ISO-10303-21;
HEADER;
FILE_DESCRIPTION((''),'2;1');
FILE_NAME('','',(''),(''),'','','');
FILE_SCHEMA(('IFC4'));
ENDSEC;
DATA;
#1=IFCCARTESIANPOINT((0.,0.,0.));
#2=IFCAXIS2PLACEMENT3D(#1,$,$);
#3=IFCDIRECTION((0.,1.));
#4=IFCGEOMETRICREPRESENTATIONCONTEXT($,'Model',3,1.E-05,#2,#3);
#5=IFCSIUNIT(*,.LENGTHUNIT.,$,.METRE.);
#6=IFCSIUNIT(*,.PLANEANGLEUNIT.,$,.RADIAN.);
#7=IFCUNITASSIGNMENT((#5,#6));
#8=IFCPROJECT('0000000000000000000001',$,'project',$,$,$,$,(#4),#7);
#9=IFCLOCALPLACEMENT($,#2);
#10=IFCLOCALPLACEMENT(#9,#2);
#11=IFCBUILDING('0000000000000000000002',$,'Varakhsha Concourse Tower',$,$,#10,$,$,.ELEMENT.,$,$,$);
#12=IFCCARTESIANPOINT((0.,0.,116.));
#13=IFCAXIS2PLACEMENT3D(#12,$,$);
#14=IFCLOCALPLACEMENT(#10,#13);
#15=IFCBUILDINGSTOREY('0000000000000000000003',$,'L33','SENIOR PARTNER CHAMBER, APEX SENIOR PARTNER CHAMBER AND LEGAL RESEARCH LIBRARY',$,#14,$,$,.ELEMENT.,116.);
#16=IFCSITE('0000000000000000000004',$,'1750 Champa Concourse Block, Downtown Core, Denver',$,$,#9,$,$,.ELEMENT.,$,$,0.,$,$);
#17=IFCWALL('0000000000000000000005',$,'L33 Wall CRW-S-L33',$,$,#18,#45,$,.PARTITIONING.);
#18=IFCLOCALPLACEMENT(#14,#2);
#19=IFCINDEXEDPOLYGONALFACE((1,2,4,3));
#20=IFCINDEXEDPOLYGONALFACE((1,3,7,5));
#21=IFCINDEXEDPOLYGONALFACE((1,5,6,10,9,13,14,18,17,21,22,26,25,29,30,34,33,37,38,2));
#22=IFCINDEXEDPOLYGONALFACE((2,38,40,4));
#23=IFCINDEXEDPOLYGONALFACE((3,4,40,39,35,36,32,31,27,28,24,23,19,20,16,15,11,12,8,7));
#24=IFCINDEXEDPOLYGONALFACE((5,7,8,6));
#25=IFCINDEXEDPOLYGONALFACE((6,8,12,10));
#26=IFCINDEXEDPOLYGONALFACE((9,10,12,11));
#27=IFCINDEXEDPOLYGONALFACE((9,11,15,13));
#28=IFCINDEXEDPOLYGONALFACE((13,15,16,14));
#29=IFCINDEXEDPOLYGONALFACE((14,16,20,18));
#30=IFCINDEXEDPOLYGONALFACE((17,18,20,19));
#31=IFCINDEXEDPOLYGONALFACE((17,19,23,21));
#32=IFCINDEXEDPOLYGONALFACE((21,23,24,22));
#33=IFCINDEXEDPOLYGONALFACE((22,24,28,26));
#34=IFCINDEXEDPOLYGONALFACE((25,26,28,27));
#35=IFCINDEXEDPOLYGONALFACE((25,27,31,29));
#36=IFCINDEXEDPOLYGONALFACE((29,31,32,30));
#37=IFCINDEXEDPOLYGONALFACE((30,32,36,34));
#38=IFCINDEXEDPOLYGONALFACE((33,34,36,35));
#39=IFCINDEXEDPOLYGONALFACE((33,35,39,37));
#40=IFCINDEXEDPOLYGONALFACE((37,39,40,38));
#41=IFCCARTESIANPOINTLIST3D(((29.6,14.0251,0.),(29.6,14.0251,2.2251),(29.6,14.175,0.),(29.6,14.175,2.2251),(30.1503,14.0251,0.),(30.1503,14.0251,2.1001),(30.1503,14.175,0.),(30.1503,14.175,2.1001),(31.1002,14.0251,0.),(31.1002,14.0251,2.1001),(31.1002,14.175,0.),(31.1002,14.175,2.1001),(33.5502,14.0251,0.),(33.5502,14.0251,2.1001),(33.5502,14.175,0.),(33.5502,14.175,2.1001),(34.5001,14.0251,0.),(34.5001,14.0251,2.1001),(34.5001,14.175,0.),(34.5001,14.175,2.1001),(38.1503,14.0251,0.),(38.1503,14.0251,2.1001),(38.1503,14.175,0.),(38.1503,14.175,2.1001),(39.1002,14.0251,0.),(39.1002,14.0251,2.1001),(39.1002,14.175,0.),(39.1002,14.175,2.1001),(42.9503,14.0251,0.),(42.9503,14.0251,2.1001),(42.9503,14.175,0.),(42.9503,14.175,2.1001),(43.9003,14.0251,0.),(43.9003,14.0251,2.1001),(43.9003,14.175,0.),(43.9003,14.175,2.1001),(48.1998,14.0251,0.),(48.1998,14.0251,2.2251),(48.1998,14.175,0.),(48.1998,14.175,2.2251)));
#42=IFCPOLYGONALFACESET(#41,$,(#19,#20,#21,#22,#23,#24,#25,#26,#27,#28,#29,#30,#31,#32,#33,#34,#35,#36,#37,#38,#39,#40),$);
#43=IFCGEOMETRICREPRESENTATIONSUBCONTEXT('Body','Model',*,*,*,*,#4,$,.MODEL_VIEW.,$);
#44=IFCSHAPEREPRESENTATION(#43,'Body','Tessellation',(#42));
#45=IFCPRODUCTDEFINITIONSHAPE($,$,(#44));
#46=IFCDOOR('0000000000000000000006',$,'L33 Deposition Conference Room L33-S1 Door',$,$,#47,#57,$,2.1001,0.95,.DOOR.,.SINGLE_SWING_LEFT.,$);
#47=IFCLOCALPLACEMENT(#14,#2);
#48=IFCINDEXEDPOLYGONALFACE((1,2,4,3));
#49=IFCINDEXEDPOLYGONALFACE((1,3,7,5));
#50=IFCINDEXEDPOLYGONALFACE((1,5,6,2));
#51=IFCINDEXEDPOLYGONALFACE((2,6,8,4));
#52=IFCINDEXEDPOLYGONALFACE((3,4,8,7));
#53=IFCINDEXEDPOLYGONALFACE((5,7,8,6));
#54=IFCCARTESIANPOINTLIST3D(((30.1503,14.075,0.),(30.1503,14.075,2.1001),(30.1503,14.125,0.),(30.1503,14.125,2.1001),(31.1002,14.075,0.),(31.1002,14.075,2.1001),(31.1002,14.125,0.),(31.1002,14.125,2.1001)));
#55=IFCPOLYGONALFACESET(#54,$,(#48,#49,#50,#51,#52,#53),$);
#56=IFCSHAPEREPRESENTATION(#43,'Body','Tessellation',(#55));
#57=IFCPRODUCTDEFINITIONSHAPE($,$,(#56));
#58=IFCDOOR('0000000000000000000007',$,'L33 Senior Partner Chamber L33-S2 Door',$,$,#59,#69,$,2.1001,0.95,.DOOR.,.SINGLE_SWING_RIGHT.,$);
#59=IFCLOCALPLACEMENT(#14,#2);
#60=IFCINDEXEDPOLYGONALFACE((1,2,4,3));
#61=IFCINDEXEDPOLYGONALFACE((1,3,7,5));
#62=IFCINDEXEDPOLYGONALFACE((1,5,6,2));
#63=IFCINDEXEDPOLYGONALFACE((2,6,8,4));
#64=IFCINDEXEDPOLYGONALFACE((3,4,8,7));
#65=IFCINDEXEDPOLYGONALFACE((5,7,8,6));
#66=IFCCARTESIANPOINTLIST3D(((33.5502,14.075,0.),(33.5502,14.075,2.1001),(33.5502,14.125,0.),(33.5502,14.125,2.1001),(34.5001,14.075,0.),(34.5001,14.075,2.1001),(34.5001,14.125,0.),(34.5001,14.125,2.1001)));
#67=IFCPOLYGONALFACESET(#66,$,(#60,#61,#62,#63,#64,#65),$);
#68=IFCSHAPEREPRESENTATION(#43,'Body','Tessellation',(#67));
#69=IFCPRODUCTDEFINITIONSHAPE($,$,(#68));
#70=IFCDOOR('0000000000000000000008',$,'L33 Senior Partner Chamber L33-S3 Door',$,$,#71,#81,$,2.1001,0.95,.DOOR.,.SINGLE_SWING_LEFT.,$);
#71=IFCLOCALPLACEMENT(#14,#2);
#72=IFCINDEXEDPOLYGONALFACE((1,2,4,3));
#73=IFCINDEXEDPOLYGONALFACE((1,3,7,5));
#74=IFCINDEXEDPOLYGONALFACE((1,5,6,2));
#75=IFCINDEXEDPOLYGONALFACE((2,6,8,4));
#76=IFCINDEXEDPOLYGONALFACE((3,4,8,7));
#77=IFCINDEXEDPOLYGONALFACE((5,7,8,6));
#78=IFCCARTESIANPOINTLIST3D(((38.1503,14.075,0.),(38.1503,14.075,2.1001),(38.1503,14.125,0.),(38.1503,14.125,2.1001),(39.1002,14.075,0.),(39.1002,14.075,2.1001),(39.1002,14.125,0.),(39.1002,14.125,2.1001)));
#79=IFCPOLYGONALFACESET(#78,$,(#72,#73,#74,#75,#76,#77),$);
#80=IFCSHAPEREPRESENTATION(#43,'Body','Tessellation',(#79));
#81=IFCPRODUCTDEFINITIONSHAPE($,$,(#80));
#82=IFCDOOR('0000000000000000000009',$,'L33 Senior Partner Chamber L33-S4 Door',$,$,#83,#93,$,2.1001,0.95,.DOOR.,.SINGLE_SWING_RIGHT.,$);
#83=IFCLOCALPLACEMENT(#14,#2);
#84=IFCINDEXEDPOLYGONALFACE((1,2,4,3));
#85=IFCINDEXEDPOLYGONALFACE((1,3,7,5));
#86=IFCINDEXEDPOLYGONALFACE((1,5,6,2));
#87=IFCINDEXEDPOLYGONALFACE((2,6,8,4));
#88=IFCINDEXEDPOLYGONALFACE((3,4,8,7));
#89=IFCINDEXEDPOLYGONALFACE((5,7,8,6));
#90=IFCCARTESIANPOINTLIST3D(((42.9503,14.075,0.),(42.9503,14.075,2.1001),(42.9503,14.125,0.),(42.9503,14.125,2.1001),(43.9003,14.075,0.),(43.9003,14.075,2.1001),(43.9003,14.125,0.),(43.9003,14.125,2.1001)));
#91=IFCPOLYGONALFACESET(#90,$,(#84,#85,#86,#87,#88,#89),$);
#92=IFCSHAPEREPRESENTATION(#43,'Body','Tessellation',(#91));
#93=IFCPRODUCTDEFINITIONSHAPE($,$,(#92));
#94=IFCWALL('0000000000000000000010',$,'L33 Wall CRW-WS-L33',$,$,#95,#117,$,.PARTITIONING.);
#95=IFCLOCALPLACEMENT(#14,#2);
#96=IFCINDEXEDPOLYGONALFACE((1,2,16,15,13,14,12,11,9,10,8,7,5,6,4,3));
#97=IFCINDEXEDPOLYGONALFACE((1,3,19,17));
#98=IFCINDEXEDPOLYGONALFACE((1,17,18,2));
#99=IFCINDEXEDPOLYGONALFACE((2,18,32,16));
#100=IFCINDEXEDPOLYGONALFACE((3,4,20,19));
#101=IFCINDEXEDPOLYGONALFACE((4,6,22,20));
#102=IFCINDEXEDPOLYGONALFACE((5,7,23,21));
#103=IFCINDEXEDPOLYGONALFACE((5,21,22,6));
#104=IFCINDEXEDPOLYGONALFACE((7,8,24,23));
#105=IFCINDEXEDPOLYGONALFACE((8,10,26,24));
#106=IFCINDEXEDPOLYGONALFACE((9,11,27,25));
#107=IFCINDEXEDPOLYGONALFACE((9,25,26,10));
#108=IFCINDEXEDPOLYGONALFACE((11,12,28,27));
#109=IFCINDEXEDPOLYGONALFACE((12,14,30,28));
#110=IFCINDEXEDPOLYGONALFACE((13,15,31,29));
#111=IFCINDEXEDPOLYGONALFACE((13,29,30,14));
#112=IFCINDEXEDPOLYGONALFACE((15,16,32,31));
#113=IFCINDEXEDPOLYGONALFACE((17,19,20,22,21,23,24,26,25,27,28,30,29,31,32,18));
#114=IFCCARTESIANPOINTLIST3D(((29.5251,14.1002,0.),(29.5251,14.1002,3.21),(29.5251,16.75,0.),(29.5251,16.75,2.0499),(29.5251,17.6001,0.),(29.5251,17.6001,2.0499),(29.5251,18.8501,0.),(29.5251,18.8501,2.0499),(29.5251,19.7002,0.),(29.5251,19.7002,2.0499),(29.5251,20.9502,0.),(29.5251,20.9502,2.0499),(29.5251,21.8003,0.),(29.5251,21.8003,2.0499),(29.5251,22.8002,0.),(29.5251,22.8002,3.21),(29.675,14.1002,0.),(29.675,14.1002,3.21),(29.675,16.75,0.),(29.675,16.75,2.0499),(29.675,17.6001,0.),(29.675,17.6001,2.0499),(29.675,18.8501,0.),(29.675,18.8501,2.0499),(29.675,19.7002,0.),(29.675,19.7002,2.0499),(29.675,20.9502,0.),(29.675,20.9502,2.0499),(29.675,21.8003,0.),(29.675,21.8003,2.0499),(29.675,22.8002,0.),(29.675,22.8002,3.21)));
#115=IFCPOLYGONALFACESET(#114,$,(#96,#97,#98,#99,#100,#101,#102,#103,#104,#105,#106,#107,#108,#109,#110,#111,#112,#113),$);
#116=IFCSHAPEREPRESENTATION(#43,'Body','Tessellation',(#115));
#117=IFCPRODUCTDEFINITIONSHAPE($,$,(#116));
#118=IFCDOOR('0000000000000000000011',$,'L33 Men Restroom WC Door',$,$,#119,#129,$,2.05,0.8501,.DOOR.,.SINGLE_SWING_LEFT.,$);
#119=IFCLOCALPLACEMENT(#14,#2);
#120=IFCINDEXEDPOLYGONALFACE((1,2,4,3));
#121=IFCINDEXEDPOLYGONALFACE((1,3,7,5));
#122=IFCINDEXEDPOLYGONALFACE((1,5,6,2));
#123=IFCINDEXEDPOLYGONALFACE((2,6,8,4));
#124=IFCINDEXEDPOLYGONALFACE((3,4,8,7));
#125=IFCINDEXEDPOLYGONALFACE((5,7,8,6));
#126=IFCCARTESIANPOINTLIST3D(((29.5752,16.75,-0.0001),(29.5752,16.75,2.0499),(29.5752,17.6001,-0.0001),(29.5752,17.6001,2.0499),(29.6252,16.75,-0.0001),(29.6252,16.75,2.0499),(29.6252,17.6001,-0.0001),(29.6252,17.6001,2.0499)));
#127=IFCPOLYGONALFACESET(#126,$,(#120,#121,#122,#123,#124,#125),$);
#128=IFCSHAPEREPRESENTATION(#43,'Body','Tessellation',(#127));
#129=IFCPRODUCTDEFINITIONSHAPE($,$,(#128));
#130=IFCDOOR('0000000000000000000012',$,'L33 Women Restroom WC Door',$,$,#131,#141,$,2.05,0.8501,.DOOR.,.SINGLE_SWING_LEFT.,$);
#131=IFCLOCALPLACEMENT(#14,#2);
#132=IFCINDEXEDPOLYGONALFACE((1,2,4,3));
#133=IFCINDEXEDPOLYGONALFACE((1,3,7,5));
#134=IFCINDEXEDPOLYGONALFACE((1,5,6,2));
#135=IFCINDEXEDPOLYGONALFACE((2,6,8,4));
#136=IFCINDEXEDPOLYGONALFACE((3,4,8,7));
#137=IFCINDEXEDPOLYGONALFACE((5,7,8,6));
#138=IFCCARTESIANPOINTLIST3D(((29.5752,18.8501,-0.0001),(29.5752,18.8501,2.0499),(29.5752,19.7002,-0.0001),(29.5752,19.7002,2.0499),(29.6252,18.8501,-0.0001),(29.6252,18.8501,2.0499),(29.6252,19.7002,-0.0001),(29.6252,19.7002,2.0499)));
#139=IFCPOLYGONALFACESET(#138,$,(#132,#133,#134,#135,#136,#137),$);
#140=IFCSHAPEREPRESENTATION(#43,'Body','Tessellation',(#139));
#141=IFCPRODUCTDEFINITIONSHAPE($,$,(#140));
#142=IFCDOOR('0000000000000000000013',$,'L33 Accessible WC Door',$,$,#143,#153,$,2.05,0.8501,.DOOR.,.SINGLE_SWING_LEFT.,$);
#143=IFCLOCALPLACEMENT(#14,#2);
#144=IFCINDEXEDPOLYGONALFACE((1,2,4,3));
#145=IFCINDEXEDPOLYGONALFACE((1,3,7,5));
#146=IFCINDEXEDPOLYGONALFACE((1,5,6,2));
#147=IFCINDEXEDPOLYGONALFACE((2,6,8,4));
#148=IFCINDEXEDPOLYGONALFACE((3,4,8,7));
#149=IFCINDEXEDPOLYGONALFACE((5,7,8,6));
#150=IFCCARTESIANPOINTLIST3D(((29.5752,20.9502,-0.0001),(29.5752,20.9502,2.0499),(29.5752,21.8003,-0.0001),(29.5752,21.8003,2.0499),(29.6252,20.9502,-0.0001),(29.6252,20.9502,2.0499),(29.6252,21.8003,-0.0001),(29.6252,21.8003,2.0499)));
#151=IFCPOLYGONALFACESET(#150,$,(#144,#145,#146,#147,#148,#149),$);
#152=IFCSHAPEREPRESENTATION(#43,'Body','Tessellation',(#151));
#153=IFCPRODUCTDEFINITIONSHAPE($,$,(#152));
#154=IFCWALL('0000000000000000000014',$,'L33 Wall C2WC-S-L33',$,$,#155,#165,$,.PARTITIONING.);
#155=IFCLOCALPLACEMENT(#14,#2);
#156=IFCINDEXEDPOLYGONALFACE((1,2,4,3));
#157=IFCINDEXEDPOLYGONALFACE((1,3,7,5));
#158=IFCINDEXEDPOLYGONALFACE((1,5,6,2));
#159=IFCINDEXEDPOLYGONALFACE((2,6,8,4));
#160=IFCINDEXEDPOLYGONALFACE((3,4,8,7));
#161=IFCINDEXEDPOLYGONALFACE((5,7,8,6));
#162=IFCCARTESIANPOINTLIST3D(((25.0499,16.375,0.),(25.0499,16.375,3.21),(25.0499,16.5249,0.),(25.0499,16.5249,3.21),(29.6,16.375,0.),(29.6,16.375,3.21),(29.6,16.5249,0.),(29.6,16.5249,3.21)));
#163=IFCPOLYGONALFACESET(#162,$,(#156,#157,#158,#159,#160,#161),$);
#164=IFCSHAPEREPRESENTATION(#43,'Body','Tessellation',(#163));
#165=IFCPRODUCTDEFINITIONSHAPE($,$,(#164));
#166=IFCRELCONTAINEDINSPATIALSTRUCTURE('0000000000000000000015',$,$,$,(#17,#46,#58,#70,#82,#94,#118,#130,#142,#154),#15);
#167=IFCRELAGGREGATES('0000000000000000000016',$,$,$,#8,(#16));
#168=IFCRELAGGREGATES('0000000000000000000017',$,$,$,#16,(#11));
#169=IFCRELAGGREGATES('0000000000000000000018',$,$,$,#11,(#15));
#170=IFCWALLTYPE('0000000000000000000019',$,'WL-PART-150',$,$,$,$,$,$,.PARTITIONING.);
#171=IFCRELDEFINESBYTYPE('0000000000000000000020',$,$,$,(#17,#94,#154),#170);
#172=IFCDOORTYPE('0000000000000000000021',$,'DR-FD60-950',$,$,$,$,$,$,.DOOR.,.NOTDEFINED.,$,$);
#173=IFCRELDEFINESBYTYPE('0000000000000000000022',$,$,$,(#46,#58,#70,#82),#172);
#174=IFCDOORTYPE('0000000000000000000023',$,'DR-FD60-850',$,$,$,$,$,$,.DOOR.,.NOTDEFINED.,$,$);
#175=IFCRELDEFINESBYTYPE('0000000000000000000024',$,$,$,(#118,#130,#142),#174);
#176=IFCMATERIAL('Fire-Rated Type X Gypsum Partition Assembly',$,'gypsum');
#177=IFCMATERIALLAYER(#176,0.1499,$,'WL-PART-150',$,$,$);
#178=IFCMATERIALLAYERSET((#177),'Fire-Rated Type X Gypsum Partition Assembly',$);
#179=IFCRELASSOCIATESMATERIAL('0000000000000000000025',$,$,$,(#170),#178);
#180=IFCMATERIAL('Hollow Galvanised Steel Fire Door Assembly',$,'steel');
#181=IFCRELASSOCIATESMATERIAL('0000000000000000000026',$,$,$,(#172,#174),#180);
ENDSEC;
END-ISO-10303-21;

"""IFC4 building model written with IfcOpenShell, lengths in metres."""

from ifc_helpers import new_model, si_unit, direction, frame, frame_2d, origin, place, context, subcontext, project, spatial, rectangle, extrude, material, layer, layer_set, type_object, element, fill, save


model = new_model("IFC4")

# Units and contexts
model_context = context("Model", 3, precision=1e-05, world=origin(), true_north=direction((0.0, 1.0)))
body_context = subcontext(model_context, "Body", "Model", "MODEL_VIEW")
ifc_project = project(units=[si_unit("LENGTHUNIT", "METRE"), si_unit("PLANEANGLEUNIT", "RADIAN")], contexts=[model_context])

# Site, building, storey
site_placement = place(None, origin())
site = spatial("IfcSite", under=ifc_project, at=site_placement, Name="1750 Champa Concourse Block, Downtown Core, Denver", CompositionType="ELEMENT", RefElevation=0.0)
building_placement = place(site_placement, origin())
building = spatial("IfcBuilding", under=site, at=building_placement, Name="Varakhsha Concourse Tower", CompositionType="ELEMENT")
storey_placement = place(building_placement, frame((0.0, 0.0, 116.0)))
storey = spatial("IfcBuildingStorey", under=building, at=storey_placement, Name="L33", Description="SENIOR PARTNER CHAMBER, APEX SENIOR PARTNER CHAMBER AND LEGAL RESEARCH LIBRARY", CompositionType="ELEMENT", Elevation=116.0)

# Walls, openings, doors
ifc_material_1 = material(Name="Fire-Rated Type X Gypsum Partition Assembly", Category="gypsum")
ifc_layer = layer(ifc_material_1, 0.1499, Name="WL-PART-150")
ifc_layer_set = layer_set([ifc_layer], Name="Fire-Rated Type X Gypsum Partition Assembly")
wall_type = type_object("IfcWallType", Name="WL-PART-150", PredefinedType="PARTITIONING", material=ifc_layer_set)
wall_1_placement = place(storey_placement, frame((29.6001, 14.1001, 0.0), z_axis=(0.0, 0.0, 1.0), x_axis=(1.0, 0.0, 0.0)))
wall_1 = element("IfcWall", 1, at=wall_1_placement, inside=storey, type_object=wall_type, Name="L33 Wall CRW-S-L33", PredefinedType="PARTITIONING", context=body_context, shape_type="SweptSolid", body=[
    extrude(rectangle(XDim=18.5999, YDim=0.1499, at=frame_2d((9.2998, 0.0))), origin(), (0.0, 0.0, 1.0), 2.2251),
])
opening_1_placement = place(wall_1_placement, frame((0.55, 0.0, 0.0)))
opening_1 = element("IfcOpeningElement", 2, at=opening_1_placement, cuts=wall_1, PredefinedType="OPENING", context=body_context, shape_type="SweptSolid", body=[
    extrude(rectangle(XDim=0.95, YDim=2.1001, at=frame_2d((0.4751, 1.05))), frame((0.0, 0.085, 0.0), z_axis=(0.0, -1.0, 0.0), x_axis=(1.0, 0.0, 0.0)), (0.0, 0.0, 1.0), 0.1699),
])
opening_2_placement = place(wall_1_placement, frame((3.95, 0.0, 0.0)))
opening_2 = element("IfcOpeningElement", 3, at=opening_2_placement, cuts=wall_1, PredefinedType="OPENING", context=body_context, shape_type="SweptSolid", body=[
    extrude(rectangle(XDim=0.95, YDim=2.1001, at=frame_2d((0.4751, 1.05))), frame((0.0, 0.085, 0.0), z_axis=(0.0, -1.0, 0.0), x_axis=(1.0, 0.0, 0.0)), (0.0, 0.0, 1.0), 0.1699),
])
opening_3_placement = place(wall_1_placement, frame((8.55, 0.0, 0.0)))
opening_3 = element("IfcOpeningElement", 4, at=opening_3_placement, cuts=wall_1, PredefinedType="OPENING", context=body_context, shape_type="SweptSolid", body=[
    extrude(rectangle(XDim=0.95, YDim=2.1001, at=frame_2d((0.4751, 1.05))), frame((0.0, 0.085, 0.0), z_axis=(0.0, -1.0, 0.0), x_axis=(1.0, 0.0, 0.0)), (0.0, 0.0, 1.0), 0.1699),
])
opening_4_placement = place(wall_1_placement, frame((13.3501, 0.0, 0.0)))
opening_4 = element("IfcOpeningElement", 5, at=opening_4_placement, cuts=wall_1, PredefinedType="OPENING", context=body_context, shape_type="SweptSolid", body=[
    extrude(rectangle(XDim=0.95, YDim=2.1001, at=frame_2d((0.4751, 1.05))), frame((0.0, 0.085, 0.0), z_axis=(0.0, -1.0, 0.0), x_axis=(1.0, 0.0, 0.0)), (0.0, 0.0, 1.0), 0.1699),
])
ifc_material_2 = material(Name="Hollow Galvanised Steel Fire Door Assembly", Category="steel")
door_type_1 = type_object("IfcDoorType", Name="DR-FD60-950", OperationType="NOTDEFINED", PredefinedType="DOOR", material=ifc_material_2)
door_1_placement = place(opening_1_placement, origin())
door_1 = element("IfcDoor", 6, at=door_1_placement, inside=storey, type_object=door_type_1, Name="L33 Deposition Conference Room L33-S1 Door", OperationType="SINGLE_SWING_LEFT", OverallHeight=2.1001, OverallWidth=0.95, PredefinedType="DOOR", context=body_context, shape_type="SweptSolid", body=[
    extrude(rectangle(XDim=0.95, YDim=2.1001, at=frame_2d((0.4751, 1.05))), frame((0.0, 0.0249, 0.0), z_axis=(0.0, -1.0, 0.0), x_axis=(1.0, 0.0, 0.0)), (0.0, 0.0, 1.0), 0.05),
])
fill(opening_1, door_1)
door_2_placement = place(opening_2_placement, origin())
door_2 = element("IfcDoor", 7, at=door_2_placement, inside=storey, type_object=door_type_1, Name="L33 Senior Partner Chamber L33-S2 Door", OperationType="SINGLE_SWING_RIGHT", OverallHeight=2.1001, OverallWidth=0.95, PredefinedType="DOOR", context=body_context, shape_type="SweptSolid", body=[
    extrude(rectangle(XDim=0.95, YDim=2.1001, at=frame_2d((0.4751, 1.05))), frame((0.0, 0.0249, 0.0), z_axis=(0.0, -1.0, 0.0), x_axis=(1.0, 0.0, 0.0)), (0.0, 0.0, 1.0), 0.05),
])
fill(opening_2, door_2)
door_3_placement = place(opening_3_placement, origin())
door_3 = element("IfcDoor", 8, at=door_3_placement, inside=storey, type_object=door_type_1, Name="L33 Senior Partner Chamber L33-S3 Door", OperationType="SINGLE_SWING_LEFT", OverallHeight=2.1001, OverallWidth=0.95, PredefinedType="DOOR", context=body_context, shape_type="SweptSolid", body=[
    extrude(rectangle(XDim=0.95, YDim=2.1001, at=frame_2d((0.4751, 1.05))), frame((0.0, 0.0249, 0.0), z_axis=(0.0, -1.0, 0.0), x_axis=(1.0, 0.0, 0.0)), (0.0, 0.0, 1.0), 0.05),
])
fill(opening_3, door_3)
door_4_placement = place(opening_4_placement, origin())
door_4 = element("IfcDoor", 9, at=door_4_placement, inside=storey, type_object=door_type_1, Name="L33 Senior Partner Chamber L33-S4 Door", OperationType="SINGLE_SWING_RIGHT", OverallHeight=2.1001, OverallWidth=0.95, PredefinedType="DOOR", context=body_context, shape_type="SweptSolid", body=[
    extrude(rectangle(XDim=0.95, YDim=2.1001, at=frame_2d((0.4751, 1.05))), frame((0.0, 0.0249, 0.0), z_axis=(0.0, -1.0, 0.0), x_axis=(1.0, 0.0, 0.0)), (0.0, 0.0, 1.0), 0.05),
])
fill(opening_4, door_4)
wall_2_placement = place(storey_placement, frame((29.6001, 14.1001, 0.0), z_axis=(0.0, 0.0, 1.0), x_axis=(0.0, 1.0, 0.0)))
wall_2 = element("IfcWall", 10, at=wall_2_placement, inside=storey, type_object=wall_type, Name="L33 Wall CRW-WS-L33", PredefinedType="PARTITIONING", context=body_context, shape_type="SweptSolid", body=[
    extrude(rectangle(XDim=8.7, YDim=0.1499, at=frame_2d((4.3501, 0.0))), origin(), (0.0, 0.0, 1.0), 3.21),
])
opening_5_placement = place(wall_2_placement, frame((2.6499, 0.0, 0.0)))
opening_5 = element("IfcOpeningElement", 11, at=opening_5_placement, cuts=wall_2, PredefinedType="OPENING", context=body_context, shape_type="SweptSolid", body=[
    extrude(rectangle(XDim=0.8501, YDim=2.05, at=frame_2d((0.425, 1.0249))), frame((0.0, 0.085, 0.0), z_axis=(0.0, -1.0, 0.0), x_axis=(1.0, 0.0, 0.0)), (0.0, 0.0, 1.0), 0.1699),
])
opening_6_placement = place(wall_2_placement, frame((4.75, 0.0, 0.0)))
opening_6 = element("IfcOpeningElement", 12, at=opening_6_placement, cuts=wall_2, PredefinedType="OPENING", context=body_context, shape_type="SweptSolid", body=[
    extrude(rectangle(XDim=0.8501, YDim=2.05, at=frame_2d((0.425, 1.0249))), frame((0.0, 0.085, 0.0), z_axis=(0.0, -1.0, 0.0), x_axis=(1.0, 0.0, 0.0)), (0.0, 0.0, 1.0), 0.1699),
])
opening_7_placement = place(wall_2_placement, frame((6.8501, 0.0, 0.0)))
opening_7 = element("IfcOpeningElement", 13, at=opening_7_placement, cuts=wall_2, PredefinedType="OPENING", context=body_context, shape_type="SweptSolid", body=[
    extrude(rectangle(XDim=0.8501, YDim=2.05, at=frame_2d((0.425, 1.0249))), frame((0.0, 0.085, 0.0), z_axis=(0.0, -1.0, 0.0), x_axis=(1.0, 0.0, 0.0)), (0.0, 0.0, 1.0), 0.1699),
])
door_type_2 = type_object("IfcDoorType", Name="DR-FD60-850", OperationType="NOTDEFINED", PredefinedType="DOOR", material=ifc_material_2)
door_5_placement = place(opening_5_placement, origin())
door_5 = element("IfcDoor", 14, at=door_5_placement, inside=storey, type_object=door_type_2, Name="L33 Men Restroom WC Door", OperationType="SINGLE_SWING_LEFT", OverallHeight=2.05, OverallWidth=0.8501, PredefinedType="DOOR", context=body_context, shape_type="SweptSolid", body=[
    extrude(rectangle(XDim=0.8501, YDim=2.05, at=frame_2d((0.425, 1.0249))), frame((0.0, 0.0249, 0.0), z_axis=(0.0, -1.0, 0.0), x_axis=(1.0, 0.0, 0.0)), (0.0, 0.0, 1.0), 0.05),
])
fill(opening_5, door_5)
door_6_placement = place(opening_6_placement, origin())
door_6 = element("IfcDoor", 15, at=door_6_placement, inside=storey, type_object=door_type_2, Name="L33 Women Restroom WC Door", OperationType="SINGLE_SWING_LEFT", OverallHeight=2.05, OverallWidth=0.8501, PredefinedType="DOOR", context=body_context, shape_type="SweptSolid", body=[
    extrude(rectangle(XDim=0.8501, YDim=2.05, at=frame_2d((0.425, 1.0249))), frame((0.0, 0.0249, 0.0), z_axis=(0.0, -1.0, 0.0), x_axis=(1.0, 0.0, 0.0)), (0.0, 0.0, 1.0), 0.05),
])
fill(opening_6, door_6)
door_7_placement = place(opening_7_placement, origin())
door_7 = element("IfcDoor", 16, at=door_7_placement, inside=storey, type_object=door_type_2, Name="L33 Accessible WC Door", OperationType="SINGLE_SWING_LEFT", OverallHeight=2.05, OverallWidth=0.8501, PredefinedType="DOOR", context=body_context, shape_type="SweptSolid", body=[
    extrude(rectangle(XDim=0.8501, YDim=2.05, at=frame_2d((0.425, 1.0249))), frame((0.0, 0.0249, 0.0), z_axis=(0.0, -1.0, 0.0), x_axis=(1.0, 0.0, 0.0)), (0.0, 0.0, 1.0), 0.05),
])
fill(opening_7, door_7)

# Wall
for number, where, z_axis, x_axis, name in (
    (17, (25.05, 16.45, 0.0), (0.0, 0.0, 1.0), (1.0, 0.0, 0.0), "L33 Wall C2WC-S-L33"),
):
    element("IfcWall", number, at=place(storey_placement, frame(where, z_axis=z_axis, x_axis=x_axis)), inside=storey, type_object=wall_type, Name=name, PredefinedType="PARTITIONING", context=body_context, shape_type="SweptSolid", body=[
        extrude(rectangle(XDim=4.55, YDim=0.1499, at=frame_2d((2.2749, 0.0))), origin(), (0.0, 0.0, 1.0), 3.21),
    ])

save(model, "model.ifc")
